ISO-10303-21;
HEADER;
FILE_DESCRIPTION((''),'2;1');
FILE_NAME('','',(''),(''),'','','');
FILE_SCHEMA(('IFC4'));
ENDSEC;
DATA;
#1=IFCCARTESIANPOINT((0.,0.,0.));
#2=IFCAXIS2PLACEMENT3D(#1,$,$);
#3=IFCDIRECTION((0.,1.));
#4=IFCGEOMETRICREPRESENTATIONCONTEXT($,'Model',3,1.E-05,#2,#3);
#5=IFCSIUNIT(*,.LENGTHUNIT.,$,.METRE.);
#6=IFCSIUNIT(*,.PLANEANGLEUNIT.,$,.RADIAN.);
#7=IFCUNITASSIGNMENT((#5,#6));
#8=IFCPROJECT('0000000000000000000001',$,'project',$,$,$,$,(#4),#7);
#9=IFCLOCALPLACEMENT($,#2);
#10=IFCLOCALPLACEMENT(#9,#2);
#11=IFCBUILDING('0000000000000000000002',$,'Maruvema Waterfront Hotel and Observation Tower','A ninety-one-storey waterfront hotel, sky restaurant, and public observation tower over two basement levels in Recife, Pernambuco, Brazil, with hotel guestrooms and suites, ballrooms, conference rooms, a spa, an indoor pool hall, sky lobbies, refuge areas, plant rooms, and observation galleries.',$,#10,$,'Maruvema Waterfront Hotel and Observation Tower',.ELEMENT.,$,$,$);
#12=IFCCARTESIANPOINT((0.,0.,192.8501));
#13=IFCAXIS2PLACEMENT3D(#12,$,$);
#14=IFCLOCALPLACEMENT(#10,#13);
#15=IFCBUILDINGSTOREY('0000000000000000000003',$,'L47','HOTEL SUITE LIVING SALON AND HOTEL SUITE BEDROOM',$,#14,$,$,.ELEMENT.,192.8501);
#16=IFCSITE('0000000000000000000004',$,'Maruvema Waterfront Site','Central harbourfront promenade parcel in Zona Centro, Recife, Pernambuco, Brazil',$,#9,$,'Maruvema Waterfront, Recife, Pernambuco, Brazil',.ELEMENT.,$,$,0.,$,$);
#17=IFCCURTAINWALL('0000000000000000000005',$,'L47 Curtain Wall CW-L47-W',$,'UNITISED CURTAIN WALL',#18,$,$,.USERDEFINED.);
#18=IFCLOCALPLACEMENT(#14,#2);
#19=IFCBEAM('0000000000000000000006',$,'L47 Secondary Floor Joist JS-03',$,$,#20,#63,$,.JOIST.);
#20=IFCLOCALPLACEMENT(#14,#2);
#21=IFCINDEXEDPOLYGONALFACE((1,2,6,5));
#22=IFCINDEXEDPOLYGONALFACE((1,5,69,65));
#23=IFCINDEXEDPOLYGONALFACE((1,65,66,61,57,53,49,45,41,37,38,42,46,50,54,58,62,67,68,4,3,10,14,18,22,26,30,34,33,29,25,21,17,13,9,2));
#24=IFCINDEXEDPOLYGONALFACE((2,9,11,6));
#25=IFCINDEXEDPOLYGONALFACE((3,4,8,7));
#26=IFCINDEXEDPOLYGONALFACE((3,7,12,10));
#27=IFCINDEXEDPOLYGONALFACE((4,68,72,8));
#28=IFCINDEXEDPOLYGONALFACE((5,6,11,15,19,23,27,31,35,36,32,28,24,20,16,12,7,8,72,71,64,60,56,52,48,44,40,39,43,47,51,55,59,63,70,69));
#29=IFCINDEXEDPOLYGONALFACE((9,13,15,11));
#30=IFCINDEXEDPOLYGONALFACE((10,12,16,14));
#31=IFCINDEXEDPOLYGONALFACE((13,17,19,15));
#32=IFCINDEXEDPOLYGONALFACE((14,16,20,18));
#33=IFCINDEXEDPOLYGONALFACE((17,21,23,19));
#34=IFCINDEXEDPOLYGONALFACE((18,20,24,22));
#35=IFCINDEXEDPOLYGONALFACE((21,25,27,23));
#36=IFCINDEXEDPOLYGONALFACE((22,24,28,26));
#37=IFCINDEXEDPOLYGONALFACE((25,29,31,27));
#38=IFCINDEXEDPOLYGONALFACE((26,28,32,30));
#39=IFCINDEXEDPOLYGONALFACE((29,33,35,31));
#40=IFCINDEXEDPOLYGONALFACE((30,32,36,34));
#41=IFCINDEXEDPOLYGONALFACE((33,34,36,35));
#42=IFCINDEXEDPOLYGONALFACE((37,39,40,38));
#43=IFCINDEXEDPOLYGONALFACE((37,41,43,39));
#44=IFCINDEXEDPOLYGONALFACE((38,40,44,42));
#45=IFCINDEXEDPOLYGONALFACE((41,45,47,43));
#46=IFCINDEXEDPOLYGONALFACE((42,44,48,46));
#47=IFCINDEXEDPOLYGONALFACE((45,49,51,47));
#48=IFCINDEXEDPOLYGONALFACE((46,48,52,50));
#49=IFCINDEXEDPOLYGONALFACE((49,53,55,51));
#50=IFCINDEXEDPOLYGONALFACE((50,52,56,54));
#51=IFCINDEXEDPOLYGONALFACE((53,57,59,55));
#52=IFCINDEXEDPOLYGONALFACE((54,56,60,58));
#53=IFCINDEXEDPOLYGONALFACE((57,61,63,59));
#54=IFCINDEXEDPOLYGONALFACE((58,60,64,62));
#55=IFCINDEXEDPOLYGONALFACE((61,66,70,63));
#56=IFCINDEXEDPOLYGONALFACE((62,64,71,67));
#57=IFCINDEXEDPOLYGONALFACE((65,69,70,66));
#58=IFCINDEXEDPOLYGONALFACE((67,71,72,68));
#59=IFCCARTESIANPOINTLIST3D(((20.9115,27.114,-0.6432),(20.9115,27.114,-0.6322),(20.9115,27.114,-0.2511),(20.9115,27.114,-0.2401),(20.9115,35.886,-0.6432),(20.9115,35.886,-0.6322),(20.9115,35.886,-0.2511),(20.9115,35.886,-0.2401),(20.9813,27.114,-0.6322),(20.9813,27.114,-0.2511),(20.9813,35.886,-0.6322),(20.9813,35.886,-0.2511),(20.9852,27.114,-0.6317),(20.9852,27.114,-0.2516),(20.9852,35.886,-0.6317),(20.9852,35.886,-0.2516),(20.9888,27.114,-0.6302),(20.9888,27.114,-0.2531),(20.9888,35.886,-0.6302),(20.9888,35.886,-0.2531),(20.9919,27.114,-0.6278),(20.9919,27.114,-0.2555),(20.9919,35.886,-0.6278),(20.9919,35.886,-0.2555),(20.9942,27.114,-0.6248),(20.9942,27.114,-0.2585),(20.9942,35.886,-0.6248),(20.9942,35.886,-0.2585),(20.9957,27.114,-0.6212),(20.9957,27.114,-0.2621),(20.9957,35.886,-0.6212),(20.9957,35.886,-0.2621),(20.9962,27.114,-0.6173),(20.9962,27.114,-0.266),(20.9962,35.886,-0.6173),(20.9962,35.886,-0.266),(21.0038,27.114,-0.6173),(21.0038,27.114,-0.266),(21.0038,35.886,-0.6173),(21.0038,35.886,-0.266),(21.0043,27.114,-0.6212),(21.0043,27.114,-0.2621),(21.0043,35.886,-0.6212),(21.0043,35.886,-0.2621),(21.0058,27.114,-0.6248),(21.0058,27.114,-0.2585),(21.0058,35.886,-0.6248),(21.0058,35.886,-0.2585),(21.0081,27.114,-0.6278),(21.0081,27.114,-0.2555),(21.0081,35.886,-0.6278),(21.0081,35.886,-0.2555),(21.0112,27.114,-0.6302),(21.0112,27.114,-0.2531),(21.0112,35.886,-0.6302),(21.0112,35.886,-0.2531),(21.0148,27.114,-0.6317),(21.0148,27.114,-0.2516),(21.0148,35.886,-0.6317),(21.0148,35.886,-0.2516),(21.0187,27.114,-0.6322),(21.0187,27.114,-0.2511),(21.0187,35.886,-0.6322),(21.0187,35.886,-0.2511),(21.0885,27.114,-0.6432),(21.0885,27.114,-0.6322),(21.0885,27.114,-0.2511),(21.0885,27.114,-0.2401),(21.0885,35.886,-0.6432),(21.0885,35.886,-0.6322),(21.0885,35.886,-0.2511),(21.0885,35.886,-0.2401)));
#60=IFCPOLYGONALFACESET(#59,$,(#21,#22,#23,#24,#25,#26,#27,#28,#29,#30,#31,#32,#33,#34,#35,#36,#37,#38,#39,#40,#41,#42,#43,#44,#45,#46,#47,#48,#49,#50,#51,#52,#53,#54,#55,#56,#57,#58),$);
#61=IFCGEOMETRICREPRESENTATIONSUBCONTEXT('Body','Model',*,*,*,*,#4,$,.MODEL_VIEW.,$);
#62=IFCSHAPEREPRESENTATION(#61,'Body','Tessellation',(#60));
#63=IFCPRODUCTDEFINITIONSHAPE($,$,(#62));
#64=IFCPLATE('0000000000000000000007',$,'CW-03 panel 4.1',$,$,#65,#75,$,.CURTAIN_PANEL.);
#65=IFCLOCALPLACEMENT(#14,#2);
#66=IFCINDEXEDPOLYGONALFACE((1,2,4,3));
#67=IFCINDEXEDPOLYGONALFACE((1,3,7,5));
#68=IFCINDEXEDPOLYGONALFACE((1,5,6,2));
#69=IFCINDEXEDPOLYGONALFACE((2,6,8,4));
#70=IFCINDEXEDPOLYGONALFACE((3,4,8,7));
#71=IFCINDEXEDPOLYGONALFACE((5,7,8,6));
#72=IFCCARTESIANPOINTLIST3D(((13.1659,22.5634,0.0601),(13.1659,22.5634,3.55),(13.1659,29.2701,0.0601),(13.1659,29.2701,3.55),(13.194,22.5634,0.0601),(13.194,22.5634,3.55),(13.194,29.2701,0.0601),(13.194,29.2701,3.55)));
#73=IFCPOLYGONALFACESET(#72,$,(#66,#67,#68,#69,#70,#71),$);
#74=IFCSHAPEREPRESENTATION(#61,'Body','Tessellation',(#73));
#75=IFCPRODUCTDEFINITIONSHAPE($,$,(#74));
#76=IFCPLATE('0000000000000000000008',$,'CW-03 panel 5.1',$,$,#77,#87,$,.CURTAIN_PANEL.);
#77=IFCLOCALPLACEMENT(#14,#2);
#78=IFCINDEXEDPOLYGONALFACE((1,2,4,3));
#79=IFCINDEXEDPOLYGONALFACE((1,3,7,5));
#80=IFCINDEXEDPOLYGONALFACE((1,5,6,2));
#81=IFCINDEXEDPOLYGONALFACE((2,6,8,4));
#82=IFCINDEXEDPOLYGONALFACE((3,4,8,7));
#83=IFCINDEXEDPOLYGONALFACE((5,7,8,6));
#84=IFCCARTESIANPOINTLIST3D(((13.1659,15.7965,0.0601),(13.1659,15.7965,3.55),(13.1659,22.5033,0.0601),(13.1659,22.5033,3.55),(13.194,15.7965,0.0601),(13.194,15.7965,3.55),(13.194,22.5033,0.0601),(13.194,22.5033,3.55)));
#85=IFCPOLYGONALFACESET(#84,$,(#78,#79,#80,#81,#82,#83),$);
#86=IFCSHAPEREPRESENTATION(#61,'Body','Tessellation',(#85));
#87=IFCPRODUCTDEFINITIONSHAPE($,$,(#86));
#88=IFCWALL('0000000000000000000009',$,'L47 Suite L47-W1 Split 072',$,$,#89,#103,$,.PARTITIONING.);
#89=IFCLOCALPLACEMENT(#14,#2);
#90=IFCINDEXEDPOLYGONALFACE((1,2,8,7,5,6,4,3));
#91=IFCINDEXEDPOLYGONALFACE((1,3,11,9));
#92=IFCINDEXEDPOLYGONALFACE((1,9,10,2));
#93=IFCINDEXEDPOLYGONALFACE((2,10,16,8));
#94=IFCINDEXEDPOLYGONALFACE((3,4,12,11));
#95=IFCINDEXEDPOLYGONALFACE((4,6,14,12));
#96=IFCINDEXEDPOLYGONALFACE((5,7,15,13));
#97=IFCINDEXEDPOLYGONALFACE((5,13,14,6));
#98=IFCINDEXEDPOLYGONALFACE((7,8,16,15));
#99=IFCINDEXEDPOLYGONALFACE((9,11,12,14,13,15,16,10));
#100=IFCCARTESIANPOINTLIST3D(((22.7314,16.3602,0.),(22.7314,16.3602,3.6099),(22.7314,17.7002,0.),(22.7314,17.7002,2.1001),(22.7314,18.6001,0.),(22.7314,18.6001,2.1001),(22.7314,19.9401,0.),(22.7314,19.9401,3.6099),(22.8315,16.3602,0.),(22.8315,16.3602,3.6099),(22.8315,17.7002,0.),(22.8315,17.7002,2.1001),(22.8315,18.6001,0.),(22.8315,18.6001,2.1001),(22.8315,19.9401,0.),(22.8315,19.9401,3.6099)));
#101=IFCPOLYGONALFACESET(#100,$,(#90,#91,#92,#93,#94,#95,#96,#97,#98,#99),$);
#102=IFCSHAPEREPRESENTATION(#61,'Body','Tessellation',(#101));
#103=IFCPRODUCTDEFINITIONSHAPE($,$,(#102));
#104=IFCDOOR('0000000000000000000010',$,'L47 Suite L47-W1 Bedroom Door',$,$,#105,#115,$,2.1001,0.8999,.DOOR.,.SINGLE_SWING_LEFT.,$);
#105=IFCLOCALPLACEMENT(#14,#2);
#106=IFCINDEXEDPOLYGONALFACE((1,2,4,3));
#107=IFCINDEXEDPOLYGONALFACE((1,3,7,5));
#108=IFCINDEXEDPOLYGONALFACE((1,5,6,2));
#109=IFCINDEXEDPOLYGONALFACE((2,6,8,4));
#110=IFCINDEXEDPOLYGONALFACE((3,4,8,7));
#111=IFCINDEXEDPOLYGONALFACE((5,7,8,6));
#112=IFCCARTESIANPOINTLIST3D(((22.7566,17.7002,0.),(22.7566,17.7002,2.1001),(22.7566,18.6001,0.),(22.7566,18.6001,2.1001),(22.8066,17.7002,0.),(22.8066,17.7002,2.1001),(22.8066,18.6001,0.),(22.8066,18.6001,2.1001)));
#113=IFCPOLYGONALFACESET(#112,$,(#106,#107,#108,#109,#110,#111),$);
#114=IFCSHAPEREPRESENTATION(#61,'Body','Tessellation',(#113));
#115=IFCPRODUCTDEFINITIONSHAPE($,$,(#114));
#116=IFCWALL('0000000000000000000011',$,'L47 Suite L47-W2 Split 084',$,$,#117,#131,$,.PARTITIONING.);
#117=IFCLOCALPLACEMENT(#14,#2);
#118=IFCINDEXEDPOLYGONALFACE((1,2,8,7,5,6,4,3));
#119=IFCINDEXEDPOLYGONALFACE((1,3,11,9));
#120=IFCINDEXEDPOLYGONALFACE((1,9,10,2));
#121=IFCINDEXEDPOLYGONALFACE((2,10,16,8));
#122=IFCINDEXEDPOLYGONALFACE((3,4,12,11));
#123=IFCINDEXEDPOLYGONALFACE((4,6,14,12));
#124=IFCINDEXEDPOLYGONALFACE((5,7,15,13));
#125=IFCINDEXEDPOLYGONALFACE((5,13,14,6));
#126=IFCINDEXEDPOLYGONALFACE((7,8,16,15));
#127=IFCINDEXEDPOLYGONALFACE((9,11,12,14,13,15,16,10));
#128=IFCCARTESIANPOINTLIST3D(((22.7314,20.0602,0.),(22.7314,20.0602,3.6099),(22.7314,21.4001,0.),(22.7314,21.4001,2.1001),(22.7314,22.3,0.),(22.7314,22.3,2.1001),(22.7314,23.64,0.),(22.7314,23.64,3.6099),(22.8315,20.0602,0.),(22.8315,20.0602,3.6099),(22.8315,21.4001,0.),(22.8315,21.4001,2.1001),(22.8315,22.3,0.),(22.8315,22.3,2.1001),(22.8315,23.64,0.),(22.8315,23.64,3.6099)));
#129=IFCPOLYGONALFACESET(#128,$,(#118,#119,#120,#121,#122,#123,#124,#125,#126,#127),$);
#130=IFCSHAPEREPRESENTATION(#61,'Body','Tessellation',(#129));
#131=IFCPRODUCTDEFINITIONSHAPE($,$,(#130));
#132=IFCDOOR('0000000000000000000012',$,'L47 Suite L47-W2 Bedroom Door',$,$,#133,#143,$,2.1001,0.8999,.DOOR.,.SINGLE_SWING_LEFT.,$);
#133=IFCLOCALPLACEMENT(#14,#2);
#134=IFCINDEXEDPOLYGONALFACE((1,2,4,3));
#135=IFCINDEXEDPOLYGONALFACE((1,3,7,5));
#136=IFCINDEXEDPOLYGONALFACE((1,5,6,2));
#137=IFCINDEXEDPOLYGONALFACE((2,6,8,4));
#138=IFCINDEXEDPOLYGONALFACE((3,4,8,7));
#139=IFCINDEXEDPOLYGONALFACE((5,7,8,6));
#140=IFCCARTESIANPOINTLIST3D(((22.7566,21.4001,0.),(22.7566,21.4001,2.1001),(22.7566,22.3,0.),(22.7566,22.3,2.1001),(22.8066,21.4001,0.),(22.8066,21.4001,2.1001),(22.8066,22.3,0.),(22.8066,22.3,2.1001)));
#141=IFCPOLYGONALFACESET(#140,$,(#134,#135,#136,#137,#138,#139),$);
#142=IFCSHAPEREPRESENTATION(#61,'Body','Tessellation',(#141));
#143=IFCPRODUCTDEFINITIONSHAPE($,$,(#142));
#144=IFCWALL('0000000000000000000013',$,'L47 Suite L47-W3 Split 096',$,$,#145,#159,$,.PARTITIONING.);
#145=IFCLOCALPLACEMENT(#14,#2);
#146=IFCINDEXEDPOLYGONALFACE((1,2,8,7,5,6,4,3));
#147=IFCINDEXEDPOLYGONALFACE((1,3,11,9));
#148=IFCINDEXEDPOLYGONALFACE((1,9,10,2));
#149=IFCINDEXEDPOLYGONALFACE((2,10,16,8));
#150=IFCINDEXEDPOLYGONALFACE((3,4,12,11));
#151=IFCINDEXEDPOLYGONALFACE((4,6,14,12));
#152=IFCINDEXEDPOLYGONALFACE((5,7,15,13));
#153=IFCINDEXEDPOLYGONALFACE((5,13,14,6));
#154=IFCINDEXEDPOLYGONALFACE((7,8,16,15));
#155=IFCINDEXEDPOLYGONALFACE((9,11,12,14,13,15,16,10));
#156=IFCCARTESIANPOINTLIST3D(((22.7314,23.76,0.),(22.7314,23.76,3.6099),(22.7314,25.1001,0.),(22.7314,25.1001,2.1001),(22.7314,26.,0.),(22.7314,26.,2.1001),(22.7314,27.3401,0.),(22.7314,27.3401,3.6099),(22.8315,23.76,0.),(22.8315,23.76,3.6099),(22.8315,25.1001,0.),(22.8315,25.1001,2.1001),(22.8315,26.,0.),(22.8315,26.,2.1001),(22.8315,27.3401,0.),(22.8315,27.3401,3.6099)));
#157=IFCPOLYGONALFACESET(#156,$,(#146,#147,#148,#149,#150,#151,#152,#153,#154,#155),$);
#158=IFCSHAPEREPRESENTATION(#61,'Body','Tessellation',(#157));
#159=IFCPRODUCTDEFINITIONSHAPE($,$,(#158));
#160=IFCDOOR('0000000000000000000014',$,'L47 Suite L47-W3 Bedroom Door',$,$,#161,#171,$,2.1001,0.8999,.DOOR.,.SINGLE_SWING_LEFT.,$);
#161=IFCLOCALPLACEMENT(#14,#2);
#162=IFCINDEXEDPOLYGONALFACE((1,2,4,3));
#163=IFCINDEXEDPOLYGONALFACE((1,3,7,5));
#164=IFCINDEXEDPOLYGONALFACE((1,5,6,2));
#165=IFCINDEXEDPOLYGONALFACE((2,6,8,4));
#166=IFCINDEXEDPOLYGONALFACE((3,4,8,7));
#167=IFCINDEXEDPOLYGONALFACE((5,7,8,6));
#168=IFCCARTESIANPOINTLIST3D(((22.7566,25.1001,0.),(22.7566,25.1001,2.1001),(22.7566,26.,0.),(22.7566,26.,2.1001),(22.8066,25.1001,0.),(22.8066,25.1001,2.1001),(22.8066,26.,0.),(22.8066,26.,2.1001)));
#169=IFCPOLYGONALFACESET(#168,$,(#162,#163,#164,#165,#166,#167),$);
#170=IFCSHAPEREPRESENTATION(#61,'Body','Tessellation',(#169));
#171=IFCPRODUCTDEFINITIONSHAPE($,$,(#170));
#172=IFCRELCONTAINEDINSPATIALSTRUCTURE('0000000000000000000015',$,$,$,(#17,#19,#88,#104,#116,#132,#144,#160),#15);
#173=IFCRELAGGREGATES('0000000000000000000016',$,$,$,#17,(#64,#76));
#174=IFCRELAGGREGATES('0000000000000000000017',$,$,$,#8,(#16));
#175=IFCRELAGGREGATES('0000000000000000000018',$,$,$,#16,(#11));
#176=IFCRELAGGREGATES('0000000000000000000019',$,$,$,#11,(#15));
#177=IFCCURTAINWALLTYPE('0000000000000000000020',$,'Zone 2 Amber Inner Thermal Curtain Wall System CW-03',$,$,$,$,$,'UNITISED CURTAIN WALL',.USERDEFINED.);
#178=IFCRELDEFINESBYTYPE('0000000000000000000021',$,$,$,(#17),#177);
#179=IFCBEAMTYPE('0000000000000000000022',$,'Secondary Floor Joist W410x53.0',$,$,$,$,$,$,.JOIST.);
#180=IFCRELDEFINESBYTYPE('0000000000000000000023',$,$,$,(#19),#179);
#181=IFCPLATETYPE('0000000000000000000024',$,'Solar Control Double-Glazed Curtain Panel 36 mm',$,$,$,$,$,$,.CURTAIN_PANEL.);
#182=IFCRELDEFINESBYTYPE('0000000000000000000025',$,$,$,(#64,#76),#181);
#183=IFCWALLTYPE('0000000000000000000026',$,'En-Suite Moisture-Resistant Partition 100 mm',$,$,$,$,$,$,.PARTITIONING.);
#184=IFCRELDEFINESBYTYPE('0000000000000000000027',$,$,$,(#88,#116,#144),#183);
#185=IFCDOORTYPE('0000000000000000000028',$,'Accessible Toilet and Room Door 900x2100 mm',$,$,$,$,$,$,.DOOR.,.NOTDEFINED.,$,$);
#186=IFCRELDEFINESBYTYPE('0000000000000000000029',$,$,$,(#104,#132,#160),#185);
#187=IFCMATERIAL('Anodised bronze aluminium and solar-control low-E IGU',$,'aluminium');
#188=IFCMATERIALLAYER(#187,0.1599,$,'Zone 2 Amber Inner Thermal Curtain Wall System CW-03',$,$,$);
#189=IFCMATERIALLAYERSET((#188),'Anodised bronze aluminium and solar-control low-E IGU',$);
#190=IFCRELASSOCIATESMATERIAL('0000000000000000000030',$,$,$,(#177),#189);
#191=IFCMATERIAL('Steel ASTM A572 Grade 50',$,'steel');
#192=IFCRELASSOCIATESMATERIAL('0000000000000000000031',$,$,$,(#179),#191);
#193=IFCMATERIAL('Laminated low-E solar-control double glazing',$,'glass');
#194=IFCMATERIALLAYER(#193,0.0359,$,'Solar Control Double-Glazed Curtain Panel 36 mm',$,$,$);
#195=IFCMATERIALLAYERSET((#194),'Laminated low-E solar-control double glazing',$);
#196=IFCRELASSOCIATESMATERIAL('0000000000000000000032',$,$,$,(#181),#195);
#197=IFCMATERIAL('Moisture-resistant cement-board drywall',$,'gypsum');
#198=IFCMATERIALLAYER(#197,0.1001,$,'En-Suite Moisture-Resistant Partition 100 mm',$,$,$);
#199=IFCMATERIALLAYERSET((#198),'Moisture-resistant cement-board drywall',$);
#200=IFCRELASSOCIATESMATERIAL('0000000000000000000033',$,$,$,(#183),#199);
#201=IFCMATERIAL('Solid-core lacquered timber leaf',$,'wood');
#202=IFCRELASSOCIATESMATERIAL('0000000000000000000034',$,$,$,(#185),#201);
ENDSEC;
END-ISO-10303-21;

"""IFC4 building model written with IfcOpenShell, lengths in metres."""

from ifc_helpers import new_model, si_unit, direction, frame, frame_2d, origin, origin_2d, place, context, subcontext, project, spatial, rectangle, i_section, extrude, material, layer, layer_set, material_profile, profile_set, type_object, element, fill, aggregate, save


model = new_model("IFC4")

# Units and contexts
model_context = context("Model", 3, precision=1e-05, world=origin(), true_north=direction((0.0, 1.0)))
body_context = subcontext(model_context, "Body", "Model", "MODEL_VIEW")
ifc_project = project(units=[si_unit("LENGTHUNIT", "METRE"), si_unit("PLANEANGLEUNIT", "RADIAN")], contexts=[model_context])

# Site, building, storey
site_placement = place(None, origin())
site = spatial("IfcSite", under=ifc_project, at=site_placement, Name="Maruvema Waterfront Site", Description="Central harbourfront promenade parcel in Zona Centro, Recife, Pernambuco, Brazil", LongName="Maruvema Waterfront, Recife, Pernambuco, Brazil", CompositionType="ELEMENT", RefElevation=0.0)
building_placement = place(site_placement, origin())
building = spatial("IfcBuilding", under=site, at=building_placement, Name="Maruvema Waterfront Hotel and Observation Tower", Description="A ninety-one-storey waterfront hotel, sky restaurant, and public observation tower over two basement levels in Recife, Pernambuco, Brazil, with hotel guestrooms and suites, ballrooms, conference rooms, a spa, an indoor pool hall, sky lobbies, refuge areas, plant rooms, and observation galleries.", LongName="Maruvema Waterfront Hotel and Observation Tower", CompositionType="ELEMENT")
storey_placement = place(building_placement, frame((0.0, 0.0, 192.8501)))
storey = spatial("IfcBuildingStorey", under=building, at=storey_placement, Name="L47", Description="HOTEL SUITE LIVING SALON AND HOTEL SUITE BEDROOM", CompositionType="ELEMENT", Elevation=192.8501)

# Curtain wall
ifc_material_1 = material(Name="Anodised bronze aluminium and solar-control low-E IGU", Category="aluminium")
ifc_layer_1 = layer(ifc_material_1, 0.1599, Name="Zone 2 Amber Inner Thermal Curtain Wall System CW-03")
ifc_layer_set_1 = layer_set([ifc_layer_1], Name="Anodised bronze aluminium and solar-control low-E IGU")
curtain_wall_type = type_object("IfcCurtainWallType", Name="Zone 2 Amber Inner Thermal Curtain Wall System CW-03", ElementType="UNITISED CURTAIN WALL", PredefinedType="USERDEFINED", material=ifc_layer_set_1)
curtain_wall_placement = place(storey_placement, origin())
curtain_wall = element("IfcCurtainWall", 1, at=curtain_wall_placement, inside=storey, type_object=curtain_wall_type, Name="L47 Curtain Wall CW-L47-W", ObjectType="UNITISED CURTAIN WALL", PredefinedType="USERDEFINED")

# Beam
ifc_material_2 = material(Name="Steel ASTM A572 Grade 50", Category="steel")
ifc_material_profile_1 = material_profile(ifc_material_2, i_section(OverallWidth=0.177, OverallDepth=0.4031, WebThickness=0.0076, FlangeThickness=0.011, FilletRadius=0.0149, at=origin_2d()), Name="W410x53.0")
ifc_profile_set_1 = profile_set([ifc_material_profile_1], Name="Steel ASTM A572 Grade 50")
beam_type_1 = type_object("IfcBeamType", Name="Secondary Floor Joist W410x53.0", PredefinedType="JOIST", material=ifc_profile_set_1)
beam_1_placement = place(storey_placement, frame((21.0, 27.114, -0.4417), z_axis=(0.0, 1.0, 0.0), x_axis=(-1.0, 0.0, 0.0)))
element("IfcBeam", 2, at=beam_1_placement, inside=storey, type_object=beam_type_1, Name="L47 Secondary Floor Joist JS-03", PredefinedType="JOIST", context=body_context, shape_type="SweptSolid", body=[
    extrude(i_section(OverallWidth=0.177, OverallDepth=0.4031, WebThickness=0.0076, FlangeThickness=0.011, FilletRadius=0.0149, at=origin_2d()), origin(), (0.0, 0.0, 1.0), 8.772),
])

# Plates
ifc_material_3 = material(Name="Laminated low-E solar-control double glazing", Category="glass")
ifc_layer_2 = layer(ifc_material_3, 0.0359, Name="Solar Control Double-Glazed Curtain Panel 36 mm")
ifc_layer_set_2 = layer_set([ifc_layer_2], Name="Laminated low-E solar-control double glazing")
plate_type = type_object("IfcPlateType", Name="Solar Control Double-Glazed Curtain Panel 36 mm", PredefinedType="CURTAIN_PANEL", material=ifc_layer_set_2)
plate_1_placement = place(storey_placement, frame((13.1799, 25.9167, 0.0601), z_axis=(0.0, 0.0, 1.0), x_axis=(0.0, -1.0, 0.0)))
plate_1 = element("IfcPlate", 3, at=plate_1_placement, type_object=plate_type, Name="CW-03 panel 4.1", PredefinedType="CURTAIN_PANEL", context=body_context, shape_type="SweptSolid", body=[
    extrude(rectangle(XDim=6.7068, YDim=0.0281, at=origin_2d()), origin(), (0.0, 0.0, 1.0), 3.49),
])
plate_2_placement = place(storey_placement, frame((13.1799, 19.1499, 0.0601), z_axis=(0.0, 0.0, 1.0), x_axis=(0.0, -1.0, 0.0)))
plate_2 = element("IfcPlate", 4, at=plate_2_placement, type_object=plate_type, Name="CW-03 panel 5.1", PredefinedType="CURTAIN_PANEL", context=body_context, shape_type="SweptSolid", body=[
    extrude(rectangle(XDim=6.7068, YDim=0.0281, at=origin_2d()), origin(), (0.0, 0.0, 1.0), 3.49),
])
aggregate(curtain_wall, [plate_1, plate_2])

# Walls, openings, doors
ifc_material_4 = material(Name="Moisture-resistant cement-board drywall", Category="gypsum")
ifc_layer_3 = layer(ifc_material_4, 0.1001, Name="En-Suite Moisture-Resistant Partition 100 mm")
ifc_layer_set_3 = layer_set([ifc_layer_3], Name="Moisture-resistant cement-board drywall")
wall_type_1 = type_object("IfcWallType", Name="En-Suite Moisture-Resistant Partition 100 mm", PredefinedType="PARTITIONING", material=ifc_layer_set_3)
wall_1_placement = place(storey_placement, frame((22.7815, 16.3601, 0.0), z_axis=(0.0, 0.0, 1.0), x_axis=(0.0, 1.0, 0.0)))
wall_1 = element("IfcWall", 5, at=wall_1_placement, inside=storey, type_object=wall_type_1, Name="L47 Suite L47-W1 Split 072", PredefinedType="PARTITIONING", context=body_context, shape_type="SweptSolid", body=[
    extrude(rectangle(XDim=3.5798, YDim=0.1001, at=frame_2d((1.79, 0.0))), origin(), (0.0, 0.0, 1.0), 3.6099),
])
opening_1_placement = place(wall_1_placement, frame((1.3401, 0.0, 0.0)))
opening_1 = element("IfcOpeningElement", 6, at=opening_1_placement, cuts=wall_1, PredefinedType="OPENING", context=body_context, shape_type="SweptSolid", body=[
    extrude(rectangle(XDim=0.8999, YDim=2.1001, at=frame_2d((0.45, 1.05))), frame((0.0, 0.0601, 0.0), z_axis=(0.0, -1.0, 0.0), x_axis=(1.0, 0.0, 0.0)), (0.0, 0.0, 1.0), 0.1201),
])
ifc_material_5 = material(Name="Solid-core lacquered timber leaf", Category="wood")
door_type = type_object("IfcDoorType", Name="Accessible Toilet and Room Door 900x2100 mm", OperationType="NOTDEFINED", PredefinedType="DOOR", material=ifc_material_5)
door_1_placement = place(opening_1_placement, origin())
door_1 = element("IfcDoor", 7, at=door_1_placement, inside=storey, type_object=door_type, Name="L47 Suite L47-W1 Bedroom Door", OperationType="SINGLE_SWING_LEFT", OverallHeight=2.1001, OverallWidth=0.8999, PredefinedType="DOOR", context=body_context, shape_type="SweptSolid", body=[
    extrude(rectangle(XDim=0.8999, YDim=2.1001, at=frame_2d((0.45, 1.05))), frame((0.0, 0.0249, 0.0), z_axis=(0.0, -1.0, 0.0), x_axis=(1.0, 0.0, 0.0)), (0.0, 0.0, 1.0), 0.05),
])
fill(opening_1, door_1)
wall_2_placement = place(storey_placement, frame((22.7815, 20.0601, 0.0), z_axis=(0.0, 0.0, 1.0), x_axis=(0.0, 1.0, 0.0)))
wall_2 = element("IfcWall", 8, at=wall_2_placement, inside=storey, type_object=wall_type_1, Name="L47 Suite L47-W2 Split 084", PredefinedType="PARTITIONING", context=body_context, shape_type="SweptSolid", body=[
    extrude(rectangle(XDim=3.5798, YDim=0.1001, at=frame_2d((1.79, 0.0))), origin(), (0.0, 0.0, 1.0), 3.6099),
])
opening_2_placement = place(wall_2_placement, frame((1.3401, 0.0, 0.0)))
opening_2 = element("IfcOpeningElement", 9, at=opening_2_placement, cuts=wall_2, PredefinedType="OPENING", context=body_context, shape_type="SweptSolid", body=[
    extrude(rectangle(XDim=0.8999, YDim=2.1001, at=frame_2d((0.45, 1.05))), frame((0.0, 0.0601, 0.0), z_axis=(0.0, -1.0, 0.0), x_axis=(1.0, 0.0, 0.0)), (0.0, 0.0, 1.0), 0.1201),
])
door_2_placement = place(opening_2_placement, origin())
door_2 = element("IfcDoor", 10, at=door_2_placement, inside=storey, type_object=door_type, Name="L47 Suite L47-W2 Bedroom Door", OperationType="SINGLE_SWING_LEFT", OverallHeight=2.1001, OverallWidth=0.8999, PredefinedType="DOOR", context=body_context, shape_type="SweptSolid", body=[
    extrude(rectangle(XDim=0.8999, YDim=2.1001, at=frame_2d((0.45, 1.05))), frame((0.0, 0.0249, 0.0), z_axis=(0.0, -1.0, 0.0), x_axis=(1.0, 0.0, 0.0)), (0.0, 0.0, 1.0), 0.05),
])
fill(opening_2, door_2)
wall_3_placement = place(storey_placement, frame((22.7815, 23.76, 0.0), z_axis=(0.0, 0.0, 1.0), x_axis=(0.0, 1.0, 0.0)))
wall_3 = element("IfcWall", 11, at=wall_3_placement, inside=storey, type_object=wall_type_1, Name="L47 Suite L47-W3 Split 096", PredefinedType="PARTITIONING", context=body_context, shape_type="SweptSolid", body=[
    extrude(rectangle(XDim=3.5801, YDim=0.1001, at=frame_2d((1.79, 0.0))), origin(), (0.0, 0.0, 1.0), 3.6099),
])
opening_3_placement = place(wall_3_placement, frame((1.3401, 0.0, 0.0)))
opening_3 = element("IfcOpeningElement", 12, at=opening_3_placement, cuts=wall_3, PredefinedType="OPENING", context=body_context, shape_type="SweptSolid", body=[
    extrude(rectangle(XDim=0.8999, YDim=2.1001, at=frame_2d((0.45, 1.05))), frame((0.0, 0.0601, 0.0), z_axis=(0.0, -1.0, 0.0), x_axis=(1.0, 0.0, 0.0)), (0.0, 0.0, 1.0), 0.1201),
])
door_3_placement = place(opening_3_placement, origin())
door_3 = element("IfcDoor", 13, at=door_3_placement, inside=storey, type_object=door_type, Name="L47 Suite L47-W3 Bedroom Door", OperationType="SINGLE_SWING_LEFT", OverallHeight=2.1001, OverallWidth=0.8999, PredefinedType="DOOR", context=body_context, shape_type="SweptSolid", body=[
    extrude(rectangle(XDim=0.8999, YDim=2.1001, at=frame_2d((0.45, 1.05))), frame((0.0, 0.0249, 0.0), z_axis=(0.0, -1.0, 0.0), x_axis=(1.0, 0.0, 0.0)), (0.0, 0.0, 1.0), 0.05),
])
fill(opening_3, door_3)

save(model, "model.ifc")
